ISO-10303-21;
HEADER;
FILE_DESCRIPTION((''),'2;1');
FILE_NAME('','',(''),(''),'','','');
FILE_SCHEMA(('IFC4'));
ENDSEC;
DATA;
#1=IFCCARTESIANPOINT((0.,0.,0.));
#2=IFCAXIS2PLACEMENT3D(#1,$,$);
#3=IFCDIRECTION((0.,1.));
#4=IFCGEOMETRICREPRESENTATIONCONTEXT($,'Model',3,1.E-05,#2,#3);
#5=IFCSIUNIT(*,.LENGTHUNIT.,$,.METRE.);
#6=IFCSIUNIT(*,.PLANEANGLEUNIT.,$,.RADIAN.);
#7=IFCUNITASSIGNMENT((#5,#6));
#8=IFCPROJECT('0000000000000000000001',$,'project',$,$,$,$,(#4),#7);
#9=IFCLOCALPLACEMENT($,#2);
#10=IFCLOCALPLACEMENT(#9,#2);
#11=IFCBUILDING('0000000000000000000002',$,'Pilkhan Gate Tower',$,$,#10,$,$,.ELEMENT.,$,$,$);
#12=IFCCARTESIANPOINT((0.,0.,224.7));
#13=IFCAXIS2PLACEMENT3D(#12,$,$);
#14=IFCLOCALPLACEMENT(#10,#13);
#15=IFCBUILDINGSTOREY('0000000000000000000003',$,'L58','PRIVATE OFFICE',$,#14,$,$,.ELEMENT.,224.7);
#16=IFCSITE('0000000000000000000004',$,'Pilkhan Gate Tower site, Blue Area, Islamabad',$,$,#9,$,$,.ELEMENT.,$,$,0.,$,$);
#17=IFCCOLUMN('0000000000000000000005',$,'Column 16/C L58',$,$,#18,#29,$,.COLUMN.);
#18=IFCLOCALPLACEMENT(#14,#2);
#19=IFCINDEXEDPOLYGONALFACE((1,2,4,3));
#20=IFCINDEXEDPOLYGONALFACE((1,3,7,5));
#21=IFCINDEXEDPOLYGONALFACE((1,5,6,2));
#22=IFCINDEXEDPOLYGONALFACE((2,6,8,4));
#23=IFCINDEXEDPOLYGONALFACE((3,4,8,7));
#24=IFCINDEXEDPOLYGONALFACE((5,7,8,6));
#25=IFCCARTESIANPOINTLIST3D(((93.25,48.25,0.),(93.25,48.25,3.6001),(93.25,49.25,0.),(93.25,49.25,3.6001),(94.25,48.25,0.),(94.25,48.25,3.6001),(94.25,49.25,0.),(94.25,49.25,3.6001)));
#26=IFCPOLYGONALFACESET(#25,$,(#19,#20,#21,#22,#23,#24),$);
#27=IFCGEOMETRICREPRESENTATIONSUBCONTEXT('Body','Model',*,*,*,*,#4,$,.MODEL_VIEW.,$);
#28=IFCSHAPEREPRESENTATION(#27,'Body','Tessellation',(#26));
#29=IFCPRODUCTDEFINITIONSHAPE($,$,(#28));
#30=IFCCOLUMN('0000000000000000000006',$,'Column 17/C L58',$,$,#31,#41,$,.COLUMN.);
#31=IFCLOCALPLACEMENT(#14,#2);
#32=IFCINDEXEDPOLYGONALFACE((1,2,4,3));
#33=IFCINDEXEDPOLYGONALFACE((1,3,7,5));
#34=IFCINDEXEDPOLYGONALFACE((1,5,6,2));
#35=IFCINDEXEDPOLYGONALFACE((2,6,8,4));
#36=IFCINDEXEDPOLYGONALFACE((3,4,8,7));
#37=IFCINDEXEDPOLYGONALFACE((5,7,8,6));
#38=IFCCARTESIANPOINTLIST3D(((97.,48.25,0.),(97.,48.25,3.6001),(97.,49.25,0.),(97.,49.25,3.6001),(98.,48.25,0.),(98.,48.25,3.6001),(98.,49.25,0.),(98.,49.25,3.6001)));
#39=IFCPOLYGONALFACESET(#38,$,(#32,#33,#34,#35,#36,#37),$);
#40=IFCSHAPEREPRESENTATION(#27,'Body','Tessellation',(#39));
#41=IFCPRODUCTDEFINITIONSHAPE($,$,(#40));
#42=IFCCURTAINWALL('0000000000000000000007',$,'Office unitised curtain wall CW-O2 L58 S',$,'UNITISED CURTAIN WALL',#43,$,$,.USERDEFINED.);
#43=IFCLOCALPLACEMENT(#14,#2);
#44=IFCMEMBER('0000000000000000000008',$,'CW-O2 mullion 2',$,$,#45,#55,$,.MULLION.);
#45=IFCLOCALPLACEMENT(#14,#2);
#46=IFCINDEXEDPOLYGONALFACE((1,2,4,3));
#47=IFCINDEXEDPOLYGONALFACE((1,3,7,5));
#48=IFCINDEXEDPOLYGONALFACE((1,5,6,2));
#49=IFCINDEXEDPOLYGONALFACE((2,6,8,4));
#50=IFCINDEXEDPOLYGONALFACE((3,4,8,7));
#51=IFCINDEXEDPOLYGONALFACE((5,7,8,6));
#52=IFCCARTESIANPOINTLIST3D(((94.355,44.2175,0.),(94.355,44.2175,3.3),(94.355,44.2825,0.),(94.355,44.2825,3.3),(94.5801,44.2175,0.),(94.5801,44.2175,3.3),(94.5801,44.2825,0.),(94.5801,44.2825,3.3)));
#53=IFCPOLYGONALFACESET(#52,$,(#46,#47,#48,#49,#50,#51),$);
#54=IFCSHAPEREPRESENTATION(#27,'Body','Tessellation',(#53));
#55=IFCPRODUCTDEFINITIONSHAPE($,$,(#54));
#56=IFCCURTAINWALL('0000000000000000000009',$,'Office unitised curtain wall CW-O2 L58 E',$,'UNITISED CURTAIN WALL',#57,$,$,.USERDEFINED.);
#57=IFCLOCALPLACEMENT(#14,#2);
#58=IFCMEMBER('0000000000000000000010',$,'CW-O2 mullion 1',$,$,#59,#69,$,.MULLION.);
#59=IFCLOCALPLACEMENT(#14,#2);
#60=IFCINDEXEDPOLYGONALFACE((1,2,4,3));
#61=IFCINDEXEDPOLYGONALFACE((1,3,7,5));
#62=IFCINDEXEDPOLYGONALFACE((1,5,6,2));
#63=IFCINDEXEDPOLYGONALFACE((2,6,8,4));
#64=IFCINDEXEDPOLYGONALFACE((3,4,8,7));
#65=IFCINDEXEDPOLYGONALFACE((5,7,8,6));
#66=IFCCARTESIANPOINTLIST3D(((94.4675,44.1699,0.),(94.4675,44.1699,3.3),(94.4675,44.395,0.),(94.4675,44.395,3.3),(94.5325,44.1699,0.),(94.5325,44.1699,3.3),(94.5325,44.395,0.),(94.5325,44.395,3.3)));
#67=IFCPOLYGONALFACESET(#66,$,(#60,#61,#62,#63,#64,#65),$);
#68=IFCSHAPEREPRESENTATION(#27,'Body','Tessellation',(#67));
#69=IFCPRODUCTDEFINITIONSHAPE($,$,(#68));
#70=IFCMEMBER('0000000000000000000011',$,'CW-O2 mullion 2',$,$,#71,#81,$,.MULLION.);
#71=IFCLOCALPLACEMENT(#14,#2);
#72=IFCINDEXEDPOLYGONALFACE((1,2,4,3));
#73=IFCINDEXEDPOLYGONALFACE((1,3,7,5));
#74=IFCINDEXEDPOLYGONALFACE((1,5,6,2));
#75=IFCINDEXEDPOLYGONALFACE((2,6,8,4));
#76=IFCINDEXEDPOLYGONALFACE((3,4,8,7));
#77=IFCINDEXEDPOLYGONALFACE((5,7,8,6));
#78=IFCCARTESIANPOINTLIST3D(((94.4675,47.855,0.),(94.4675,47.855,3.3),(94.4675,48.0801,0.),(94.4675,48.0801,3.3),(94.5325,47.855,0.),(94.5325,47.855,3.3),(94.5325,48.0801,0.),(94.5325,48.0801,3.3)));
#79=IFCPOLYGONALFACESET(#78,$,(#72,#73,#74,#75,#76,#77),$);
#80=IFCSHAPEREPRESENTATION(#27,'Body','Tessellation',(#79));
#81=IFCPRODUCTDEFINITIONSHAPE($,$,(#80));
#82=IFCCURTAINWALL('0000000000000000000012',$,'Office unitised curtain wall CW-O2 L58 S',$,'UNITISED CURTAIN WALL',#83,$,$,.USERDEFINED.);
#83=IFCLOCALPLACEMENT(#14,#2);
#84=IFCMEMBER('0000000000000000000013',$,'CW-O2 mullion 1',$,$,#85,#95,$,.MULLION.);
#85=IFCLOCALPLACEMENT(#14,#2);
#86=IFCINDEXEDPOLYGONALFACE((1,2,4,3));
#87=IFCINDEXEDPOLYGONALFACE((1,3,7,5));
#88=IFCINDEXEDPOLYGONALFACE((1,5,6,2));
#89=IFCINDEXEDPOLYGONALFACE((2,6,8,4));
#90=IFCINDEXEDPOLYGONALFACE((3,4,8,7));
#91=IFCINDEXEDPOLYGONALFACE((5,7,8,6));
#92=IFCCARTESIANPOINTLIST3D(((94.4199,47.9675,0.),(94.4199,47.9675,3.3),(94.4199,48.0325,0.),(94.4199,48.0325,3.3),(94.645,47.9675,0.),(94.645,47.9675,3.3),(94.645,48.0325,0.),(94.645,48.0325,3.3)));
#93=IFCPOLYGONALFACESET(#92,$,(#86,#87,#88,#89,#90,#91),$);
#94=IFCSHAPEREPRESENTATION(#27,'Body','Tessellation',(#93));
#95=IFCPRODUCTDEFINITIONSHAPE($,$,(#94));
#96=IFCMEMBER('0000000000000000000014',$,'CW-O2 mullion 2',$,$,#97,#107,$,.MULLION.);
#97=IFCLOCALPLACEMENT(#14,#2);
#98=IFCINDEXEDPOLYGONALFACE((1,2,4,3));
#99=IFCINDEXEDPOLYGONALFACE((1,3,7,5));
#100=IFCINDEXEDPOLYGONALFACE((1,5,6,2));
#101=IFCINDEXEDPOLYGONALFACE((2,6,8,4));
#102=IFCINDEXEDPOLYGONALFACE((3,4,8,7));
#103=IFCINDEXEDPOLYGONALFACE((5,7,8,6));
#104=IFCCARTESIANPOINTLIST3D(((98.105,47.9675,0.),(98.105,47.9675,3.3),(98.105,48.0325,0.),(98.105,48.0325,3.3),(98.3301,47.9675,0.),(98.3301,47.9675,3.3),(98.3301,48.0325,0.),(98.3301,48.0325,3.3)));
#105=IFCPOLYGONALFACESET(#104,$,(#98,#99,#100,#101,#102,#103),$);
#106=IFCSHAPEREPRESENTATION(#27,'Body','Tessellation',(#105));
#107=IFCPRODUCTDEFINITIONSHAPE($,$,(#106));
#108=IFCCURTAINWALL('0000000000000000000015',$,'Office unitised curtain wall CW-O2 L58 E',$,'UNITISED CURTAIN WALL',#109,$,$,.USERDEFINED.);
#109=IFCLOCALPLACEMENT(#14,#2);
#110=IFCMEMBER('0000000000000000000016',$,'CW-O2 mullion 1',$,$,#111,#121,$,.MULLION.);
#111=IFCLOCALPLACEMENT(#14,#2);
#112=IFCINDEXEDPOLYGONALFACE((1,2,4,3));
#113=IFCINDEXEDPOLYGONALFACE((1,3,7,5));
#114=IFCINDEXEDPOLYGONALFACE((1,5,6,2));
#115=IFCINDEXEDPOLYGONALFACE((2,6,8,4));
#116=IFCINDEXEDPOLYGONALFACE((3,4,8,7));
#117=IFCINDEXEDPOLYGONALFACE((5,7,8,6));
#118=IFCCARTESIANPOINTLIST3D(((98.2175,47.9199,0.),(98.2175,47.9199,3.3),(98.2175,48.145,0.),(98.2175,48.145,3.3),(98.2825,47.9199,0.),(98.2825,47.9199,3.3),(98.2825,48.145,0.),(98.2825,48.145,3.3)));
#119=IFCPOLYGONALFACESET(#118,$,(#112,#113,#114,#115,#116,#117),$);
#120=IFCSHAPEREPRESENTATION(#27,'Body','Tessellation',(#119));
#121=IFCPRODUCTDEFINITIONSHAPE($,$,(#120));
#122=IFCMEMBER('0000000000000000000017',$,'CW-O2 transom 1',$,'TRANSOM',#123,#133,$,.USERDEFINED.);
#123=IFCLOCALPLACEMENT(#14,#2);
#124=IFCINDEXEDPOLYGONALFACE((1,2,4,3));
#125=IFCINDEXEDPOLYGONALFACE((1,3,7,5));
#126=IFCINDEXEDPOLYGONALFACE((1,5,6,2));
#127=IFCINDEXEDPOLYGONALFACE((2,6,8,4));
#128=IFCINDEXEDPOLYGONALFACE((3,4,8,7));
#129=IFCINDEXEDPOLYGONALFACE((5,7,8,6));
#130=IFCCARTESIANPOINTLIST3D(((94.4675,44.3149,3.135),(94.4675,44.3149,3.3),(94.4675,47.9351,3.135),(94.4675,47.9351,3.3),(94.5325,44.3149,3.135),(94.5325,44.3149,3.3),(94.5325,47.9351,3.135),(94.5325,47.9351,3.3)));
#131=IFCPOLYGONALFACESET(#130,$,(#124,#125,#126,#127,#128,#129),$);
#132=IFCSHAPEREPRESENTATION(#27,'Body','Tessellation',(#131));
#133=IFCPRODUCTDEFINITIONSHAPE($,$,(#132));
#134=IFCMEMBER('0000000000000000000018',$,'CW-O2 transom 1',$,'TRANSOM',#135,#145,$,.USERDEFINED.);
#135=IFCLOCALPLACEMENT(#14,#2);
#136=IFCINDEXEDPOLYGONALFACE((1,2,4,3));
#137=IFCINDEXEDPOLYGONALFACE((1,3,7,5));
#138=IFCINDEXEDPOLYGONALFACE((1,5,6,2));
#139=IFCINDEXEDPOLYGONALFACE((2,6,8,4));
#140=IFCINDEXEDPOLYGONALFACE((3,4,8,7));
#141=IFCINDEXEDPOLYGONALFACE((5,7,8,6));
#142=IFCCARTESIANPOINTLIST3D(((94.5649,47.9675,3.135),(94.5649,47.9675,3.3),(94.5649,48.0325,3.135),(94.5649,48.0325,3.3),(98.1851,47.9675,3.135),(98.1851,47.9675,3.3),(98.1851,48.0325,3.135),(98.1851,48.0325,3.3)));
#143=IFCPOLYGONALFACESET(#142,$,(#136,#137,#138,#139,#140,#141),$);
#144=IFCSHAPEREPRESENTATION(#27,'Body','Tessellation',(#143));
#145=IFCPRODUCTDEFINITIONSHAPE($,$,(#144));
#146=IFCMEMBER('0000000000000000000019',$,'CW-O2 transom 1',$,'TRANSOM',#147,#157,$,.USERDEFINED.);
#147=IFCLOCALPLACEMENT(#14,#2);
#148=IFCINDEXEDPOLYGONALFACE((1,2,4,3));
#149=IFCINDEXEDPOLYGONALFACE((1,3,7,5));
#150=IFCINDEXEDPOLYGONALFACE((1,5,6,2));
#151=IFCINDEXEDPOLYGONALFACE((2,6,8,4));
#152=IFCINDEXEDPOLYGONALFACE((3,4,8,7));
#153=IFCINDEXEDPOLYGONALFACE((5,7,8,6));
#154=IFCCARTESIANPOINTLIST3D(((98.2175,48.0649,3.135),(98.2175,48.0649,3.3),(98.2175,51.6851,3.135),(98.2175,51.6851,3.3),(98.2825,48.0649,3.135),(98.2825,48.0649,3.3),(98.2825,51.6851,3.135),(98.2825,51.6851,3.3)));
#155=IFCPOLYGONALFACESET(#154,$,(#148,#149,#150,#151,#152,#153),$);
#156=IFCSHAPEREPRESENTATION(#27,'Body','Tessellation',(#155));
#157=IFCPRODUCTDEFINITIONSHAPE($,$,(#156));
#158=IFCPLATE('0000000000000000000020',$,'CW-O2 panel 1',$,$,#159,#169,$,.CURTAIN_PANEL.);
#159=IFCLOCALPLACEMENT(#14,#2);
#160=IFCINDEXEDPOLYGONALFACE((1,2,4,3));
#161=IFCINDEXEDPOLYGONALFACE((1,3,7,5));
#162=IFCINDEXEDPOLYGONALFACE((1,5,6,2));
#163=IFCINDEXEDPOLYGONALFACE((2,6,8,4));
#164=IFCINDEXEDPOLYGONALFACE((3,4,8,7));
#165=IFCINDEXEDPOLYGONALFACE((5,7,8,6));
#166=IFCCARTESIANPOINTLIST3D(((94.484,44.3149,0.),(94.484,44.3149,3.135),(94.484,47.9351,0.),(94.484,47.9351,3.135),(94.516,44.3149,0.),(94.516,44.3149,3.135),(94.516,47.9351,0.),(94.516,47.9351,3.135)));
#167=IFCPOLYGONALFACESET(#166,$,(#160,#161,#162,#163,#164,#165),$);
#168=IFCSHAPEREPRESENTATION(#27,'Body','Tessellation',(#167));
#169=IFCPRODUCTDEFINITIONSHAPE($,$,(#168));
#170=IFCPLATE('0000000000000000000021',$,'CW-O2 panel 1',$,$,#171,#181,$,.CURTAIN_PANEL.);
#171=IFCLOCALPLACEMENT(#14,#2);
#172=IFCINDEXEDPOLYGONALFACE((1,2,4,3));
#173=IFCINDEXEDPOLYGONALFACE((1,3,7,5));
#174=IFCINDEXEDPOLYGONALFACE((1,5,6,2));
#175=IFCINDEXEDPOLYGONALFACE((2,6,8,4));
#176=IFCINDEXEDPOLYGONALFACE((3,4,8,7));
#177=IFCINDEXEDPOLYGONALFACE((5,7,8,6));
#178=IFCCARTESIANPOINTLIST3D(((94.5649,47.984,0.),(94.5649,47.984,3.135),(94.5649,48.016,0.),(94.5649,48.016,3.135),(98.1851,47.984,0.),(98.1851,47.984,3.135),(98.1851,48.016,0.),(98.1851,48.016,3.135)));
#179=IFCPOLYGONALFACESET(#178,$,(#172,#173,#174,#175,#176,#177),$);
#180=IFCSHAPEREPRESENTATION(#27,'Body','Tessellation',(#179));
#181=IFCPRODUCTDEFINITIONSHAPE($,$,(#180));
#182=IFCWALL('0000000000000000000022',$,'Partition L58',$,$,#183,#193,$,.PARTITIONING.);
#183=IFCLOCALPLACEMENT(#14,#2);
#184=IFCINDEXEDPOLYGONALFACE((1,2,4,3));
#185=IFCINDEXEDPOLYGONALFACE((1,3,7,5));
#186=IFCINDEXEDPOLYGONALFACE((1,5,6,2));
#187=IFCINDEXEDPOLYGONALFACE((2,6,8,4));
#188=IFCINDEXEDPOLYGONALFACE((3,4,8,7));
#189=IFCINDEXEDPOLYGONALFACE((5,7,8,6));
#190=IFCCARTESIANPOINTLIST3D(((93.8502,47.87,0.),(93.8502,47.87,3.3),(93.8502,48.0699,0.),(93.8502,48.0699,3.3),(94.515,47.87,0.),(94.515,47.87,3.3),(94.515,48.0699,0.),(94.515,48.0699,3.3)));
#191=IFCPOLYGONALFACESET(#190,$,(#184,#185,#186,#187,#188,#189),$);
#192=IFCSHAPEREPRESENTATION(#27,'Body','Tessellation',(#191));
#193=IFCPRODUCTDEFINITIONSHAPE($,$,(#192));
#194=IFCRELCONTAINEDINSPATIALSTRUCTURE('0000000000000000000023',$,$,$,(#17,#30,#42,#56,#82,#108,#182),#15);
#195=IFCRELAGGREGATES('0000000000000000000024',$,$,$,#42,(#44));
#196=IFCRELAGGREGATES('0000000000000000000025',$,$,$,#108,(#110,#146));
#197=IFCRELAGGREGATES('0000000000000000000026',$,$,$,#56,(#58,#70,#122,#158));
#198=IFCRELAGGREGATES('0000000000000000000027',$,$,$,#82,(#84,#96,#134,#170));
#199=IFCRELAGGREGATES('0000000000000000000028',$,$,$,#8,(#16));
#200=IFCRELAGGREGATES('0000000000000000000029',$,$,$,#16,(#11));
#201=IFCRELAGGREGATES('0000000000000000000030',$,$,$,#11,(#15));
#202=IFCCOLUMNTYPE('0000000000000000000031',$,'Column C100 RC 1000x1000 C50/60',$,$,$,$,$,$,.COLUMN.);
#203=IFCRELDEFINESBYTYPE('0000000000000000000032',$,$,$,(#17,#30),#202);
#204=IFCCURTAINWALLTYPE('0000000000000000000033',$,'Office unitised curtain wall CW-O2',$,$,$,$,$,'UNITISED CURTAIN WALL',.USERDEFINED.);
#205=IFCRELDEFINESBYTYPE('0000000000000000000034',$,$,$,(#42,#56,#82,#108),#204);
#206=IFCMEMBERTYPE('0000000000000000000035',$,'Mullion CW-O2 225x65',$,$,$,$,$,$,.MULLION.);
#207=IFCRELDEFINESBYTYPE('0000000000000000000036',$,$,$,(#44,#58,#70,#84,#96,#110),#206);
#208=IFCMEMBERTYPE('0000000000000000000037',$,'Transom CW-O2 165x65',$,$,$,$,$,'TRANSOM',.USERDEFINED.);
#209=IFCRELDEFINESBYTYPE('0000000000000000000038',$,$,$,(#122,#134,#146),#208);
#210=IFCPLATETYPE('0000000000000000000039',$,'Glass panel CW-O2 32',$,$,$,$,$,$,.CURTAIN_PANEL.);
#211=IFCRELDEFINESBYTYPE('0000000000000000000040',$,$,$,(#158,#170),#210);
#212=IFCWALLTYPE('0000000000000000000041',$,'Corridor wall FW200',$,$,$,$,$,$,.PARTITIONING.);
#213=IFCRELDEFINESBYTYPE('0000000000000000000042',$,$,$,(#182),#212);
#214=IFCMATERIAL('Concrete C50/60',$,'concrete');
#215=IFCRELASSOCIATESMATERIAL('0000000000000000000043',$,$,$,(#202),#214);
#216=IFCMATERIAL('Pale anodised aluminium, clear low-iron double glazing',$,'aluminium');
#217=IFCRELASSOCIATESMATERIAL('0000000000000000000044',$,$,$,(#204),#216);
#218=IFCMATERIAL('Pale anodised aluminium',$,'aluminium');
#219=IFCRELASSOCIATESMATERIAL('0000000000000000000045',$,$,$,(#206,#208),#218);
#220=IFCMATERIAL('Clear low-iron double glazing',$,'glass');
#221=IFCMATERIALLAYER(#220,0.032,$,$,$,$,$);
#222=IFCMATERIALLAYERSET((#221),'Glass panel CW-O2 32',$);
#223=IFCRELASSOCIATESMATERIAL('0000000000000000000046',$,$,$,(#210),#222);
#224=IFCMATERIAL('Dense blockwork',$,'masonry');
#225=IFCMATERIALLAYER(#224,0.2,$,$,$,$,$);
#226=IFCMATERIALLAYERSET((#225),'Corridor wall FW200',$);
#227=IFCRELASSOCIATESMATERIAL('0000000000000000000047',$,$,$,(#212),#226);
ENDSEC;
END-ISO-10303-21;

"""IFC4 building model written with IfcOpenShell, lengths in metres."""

from ifc_helpers import new_model, si_unit, direction, frame, frame_2d, origin, origin_2d, place, context, subcontext, project, spatial, rectangle, extrude, material, layer, layer_set, material_profile, profile_set, type_object, element, aggregate, save


model = new_model("IFC4")

# Units and contexts
model_context = context("Model", 3, precision=1e-05, world=origin(), true_north=direction((0.0, 1.0)))
body_context = subcontext(model_context, "Body", "Model", "MODEL_VIEW")
ifc_project = project(units=[si_unit("LENGTHUNIT", "METRE"), si_unit("PLANEANGLEUNIT", "RADIAN")], contexts=[model_context])

# Site, building, storey
site_placement = place(None, origin())
site = spatial("IfcSite", under=ifc_project, at=site_placement, Name="Pilkhan Gate Tower site, Blue Area, Islamabad", CompositionType="ELEMENT", RefElevation=0.0)
building_placement = place(site_placement, origin())
building = spatial("IfcBuilding", under=site, at=building_placement, Name="Pilkhan Gate Tower", CompositionType="ELEMENT")
storey_placement = place(building_placement, frame((0.0, 0.0, 224.7)))
storey = spatial("IfcBuildingStorey", under=building, at=storey_placement, Name="L58", Description="PRIVATE OFFICE", CompositionType="ELEMENT", Elevation=224.7)

# Columns
ifc_material_1 = material(Name="Concrete C50/60", Category="concrete")
ifc_material_profile_1 = material_profile(ifc_material_1, rectangle(XDim=1.0, YDim=1.0, at=origin_2d()), Name="RC 1000x1000")
ifc_profile_set_1 = profile_set([ifc_material_profile_1], Name="Concrete C50/60")
column_type = type_object("IfcColumnType", Name="Column C100 RC 1000x1000 C50/60", PredefinedType="COLUMN", material=ifc_profile_set_1)
for number, where, z_axis, x_axis, name in (
    (1, (93.75, 48.75, 0.0), (0.0, 0.0, 1.0), (1.0, 0.0, 0.0), "Column 16/C L58"),
    (2, (97.5, 48.75, 0.0), (0.0, 0.0, 1.0), (1.0, 0.0, 0.0), "Column 17/C L58"),
):
    element("IfcColumn", number, at=place(storey_placement, frame(where, z_axis=z_axis, x_axis=x_axis)), inside=storey, type_object=column_type, Name=name, PredefinedType="COLUMN", context=body_context, shape_type="SweptSolid", body=[
        extrude(rectangle(XDim=1.0, YDim=1.0, at=origin_2d()), origin(), (0.0, 0.0, 1.0), 3.6001),
    ])

# Curtain wall, member
ifc_material_2 = material(Name="Pale anodised aluminium, clear low-iron double glazing", Category="aluminium")
curtain_wall_type = type_object("IfcCurtainWallType", Name="Office unitised curtain wall CW-O2", ElementType="UNITISED CURTAIN WALL", PredefinedType="USERDEFINED", material=ifc_material_2)
curtain_wall_1_placement = place(storey_placement, origin())
curtain_wall_1 = element("IfcCurtainWall", 3, at=curtain_wall_1_placement, inside=storey, type_object=curtain_wall_type, Name="Office unitised curtain wall CW-O2 L58 S", ObjectType="UNITISED CURTAIN WALL", PredefinedType="USERDEFINED")
ifc_material_3 = material(Name="Pale anodised aluminium", Category="aluminium")
ifc_material_profile_2 = material_profile(ifc_material_3, rectangle(XDim=0.0649, YDim=0.2251, at=origin_2d()), Name="Mullion 225x65")
ifc_profile_set_2 = profile_set([ifc_material_profile_2], Name="Pale anodised aluminium")
member_type_1 = type_object("IfcMemberType", Name="Mullion CW-O2 225x65", PredefinedType="MULLION", material=ifc_profile_set_2)
member_1_placement = place(storey_placement, frame((94.4675, 44.25, 0.0), z_axis=(0.0, 0.0, 1.0), x_axis=(0.0, 1.0, 0.0)))
member_1 = element("IfcMember", 4, at=member_1_placement, type_object=member_type_1, Name="CW-O2 mullion 2", PredefinedType="MULLION", context=body_context, shape_type="SweptSolid", body=[
    extrude(rectangle(XDim=0.0649, YDim=0.2251, at=origin_2d()), origin(), (0.0, 0.0, 1.0), 3.3),
])
aggregate(curtain_wall_1, [member_1])

# Curtain walls, members
curtain_wall_2_placement = place(storey_placement, origin())
curtain_wall_2 = element("IfcCurtainWall", 5, at=curtain_wall_2_placement, inside=storey, type_object=curtain_wall_type, Name="Office unitised curtain wall CW-O2 L58 E", ObjectType="UNITISED CURTAIN WALL", PredefinedType="USERDEFINED")
member_2_placement = place(storey_placement, frame((94.5, 44.2825, 0.0), z_axis=(0.0, 0.0, 1.0), x_axis=(-1.0, 0.0, 0.0)))
member_2 = element("IfcMember", 6, at=member_2_placement, type_object=member_type_1, Name="CW-O2 mullion 1", PredefinedType="MULLION", context=body_context, shape_type="SweptSolid", body=[
    extrude(rectangle(XDim=0.0649, YDim=0.2251, at=origin_2d()), origin(), (0.0, 0.0, 1.0), 3.3),
])
member_3_placement = place(storey_placement, frame((94.5, 47.9675, 0.0), z_axis=(0.0, 0.0, 1.0), x_axis=(-1.0, 0.0, 0.0)))
member_3 = element("IfcMember", 7, at=member_3_placement, type_object=member_type_1, Name="CW-O2 mullion 2", PredefinedType="MULLION", context=body_context, shape_type="SweptSolid", body=[
    extrude(rectangle(XDim=0.0649, YDim=0.2251, at=origin_2d()), origin(), (0.0, 0.0, 1.0), 3.3),
])
curtain_wall_3_placement = place(storey_placement, origin())
curtain_wall_3 = element("IfcCurtainWall", 8, at=curtain_wall_3_placement, inside=storey, type_object=curtain_wall_type, Name="Office unitised curtain wall CW-O2 L58 S", ObjectType="UNITISED CURTAIN WALL", PredefinedType="USERDEFINED")
member_4_placement = place(storey_placement, frame((94.5325, 48.0, 0.0), z_axis=(0.0, 0.0, 1.0), x_axis=(0.0, 1.0, 0.0)))
member_4 = element("IfcMember", 9, at=member_4_placement, type_object=member_type_1, Name="CW-O2 mullion 1", PredefinedType="MULLION", context=body_context, shape_type="SweptSolid", body=[
    extrude(rectangle(XDim=0.0649, YDim=0.2251, at=origin_2d()), origin(), (0.0, 0.0, 1.0), 3.3),
])
member_5_placement = place(storey_placement, frame((98.2175, 48.0, 0.0), z_axis=(0.0, 0.0, 1.0), x_axis=(0.0, 1.0, 0.0)))
member_5 = element("IfcMember", 10, at=member_5_placement, type_object=member_type_1, Name="CW-O2 mullion 2", PredefinedType="MULLION", context=body_context, shape_type="SweptSolid", body=[
    extrude(rectangle(XDim=0.0649, YDim=0.2251, at=origin_2d()), origin(), (0.0, 0.0, 1.0), 3.3),
])

# Curtain wall, member
curtain_wall_4_placement = place(storey_placement, origin())
curtain_wall_4 = element("IfcCurtainWall", 11, at=curtain_wall_4_placement, inside=storey, type_object=curtain_wall_type, Name="Office unitised curtain wall CW-O2 L58 E", ObjectType="UNITISED CURTAIN WALL", PredefinedType="USERDEFINED")
member_6_placement = place(storey_placement, frame((98.25, 48.0325, 0.0), z_axis=(0.0, 0.0, 1.0), x_axis=(-1.0, 0.0, 0.0)))
member_6 = element("IfcMember", 12, at=member_6_placement, type_object=member_type_1, Name="CW-O2 mullion 1", PredefinedType="MULLION", context=body_context, shape_type="SweptSolid", body=[
    extrude(rectangle(XDim=0.0649, YDim=0.2251, at=origin_2d()), origin(), (0.0, 0.0, 1.0), 3.3),
])

# Members
ifc_material_profile_3 = material_profile(ifc_material_3, rectangle(XDim=0.0649, YDim=0.165, at=origin_2d()), Name="Transom 165x65")
ifc_profile_set_3 = profile_set([ifc_material_profile_3], Name="Pale anodised aluminium")
member_type_2 = type_object("IfcMemberType", Name="Transom CW-O2 165x65", ElementType="TRANSOM", PredefinedType="USERDEFINED", material=ifc_profile_set_3)
member_7_placement = place(storey_placement, frame((94.5, 44.3149, 3.2175), z_axis=(0.0, 1.0, 0.0), x_axis=(-1.0, 0.0, 0.0)))
member_7 = element("IfcMember", 13, at=member_7_placement, type_object=member_type_2, Name="CW-O2 transom 1", ObjectType="TRANSOM", PredefinedType="USERDEFINED", context=body_context, shape_type="SweptSolid", body=[
    extrude(rectangle(XDim=0.0649, YDim=0.165, at=origin_2d()), origin(), (0.0, 0.0, 1.0), 3.6201),
])
member_8_placement = place(storey_placement, frame((94.5649, 48.0, 3.2175), z_axis=(1.0, 0.0, 0.0), x_axis=(0.0, 1.0, 0.0)))
member_8 = element("IfcMember", 14, at=member_8_placement, type_object=member_type_2, Name="CW-O2 transom 1", ObjectType="TRANSOM", PredefinedType="USERDEFINED", context=body_context, shape_type="SweptSolid", body=[
    extrude(rectangle(XDim=0.0649, YDim=0.165, at=origin_2d()), origin(), (0.0, 0.0, 1.0), 3.6201),
])
member_9_placement = place(storey_placement, frame((98.25, 48.0649, 3.2175), z_axis=(0.0, 1.0, 0.0), x_axis=(-1.0, 0.0, 0.0)))
member_9 = element("IfcMember", 15, at=member_9_placement, type_object=member_type_2, Name="CW-O2 transom 1", ObjectType="TRANSOM", PredefinedType="USERDEFINED", context=body_context, shape_type="SweptSolid", body=[
    extrude(rectangle(XDim=0.0649, YDim=0.165, at=origin_2d()), origin(), (0.0, 0.0, 1.0), 3.6201),
])
aggregate(curtain_wall_4, [member_6, member_9])

# Plates
ifc_material_4 = material(Name="Clear low-iron double glazing", Category="glass")
ifc_layer_1 = layer(ifc_material_4, 0.032)
ifc_layer_set_1 = layer_set([ifc_layer_1], Name="Glass panel CW-O2 32")
plate_type = type_object("IfcPlateType", Name="Glass panel CW-O2 32", PredefinedType="CURTAIN_PANEL", material=ifc_layer_set_1)
plate_1_placement = place(storey_placement, frame((94.5, 46.125, 0.0), z_axis=(0.0, 0.0, 1.0), x_axis=(0.0, 1.0, 0.0)))
plate_1 = element("IfcPlate", 16, at=plate_1_placement, type_object=plate_type, Name="CW-O2 panel 1", PredefinedType="CURTAIN_PANEL", context=body_context, shape_type="SweptSolid", body=[
    extrude(rectangle(XDim=3.6201, YDim=0.032, at=origin_2d()), origin(), (0.0, 0.0, 1.0), 3.135),
])
aggregate(curtain_wall_2, [member_2, member_3, member_7, plate_1])
plate_2_placement = place(storey_placement, frame((96.375, 48.0, 0.0), z_axis=(0.0, 0.0, 1.0), x_axis=(1.0, 0.0, 0.0)))
plate_2 = element("IfcPlate", 17, at=plate_2_placement, type_object=plate_type, Name="CW-O2 panel 1", PredefinedType="CURTAIN_PANEL", context=body_context, shape_type="SweptSolid", body=[
    extrude(rectangle(XDim=3.6201, YDim=0.032, at=origin_2d()), origin(), (0.0, 0.0, 1.0), 3.135),
])
aggregate(curtain_wall_3, [member_4, member_5, member_8, plate_2])

# Wall
ifc_material_5 = material(Name="Dense blockwork", Category="masonry")
ifc_layer_2 = layer(ifc_material_5, 0.2)
ifc_layer_set_2 = layer_set([ifc_layer_2], Name="Corridor wall FW200")
wall_type = type_object("IfcWallType", Name="Corridor wall FW200", PredefinedType="PARTITIONING", material=ifc_layer_set_2)
wall_1_placement = place(storey_placement, frame((93.8501, 47.97, 0.0), z_axis=(0.0, 0.0, 1.0), x_axis=(1.0, 0.0, 0.0)))
element("IfcWall", 18, at=wall_1_placement, inside=storey, type_object=wall_type, Name="Partition L58", PredefinedType="PARTITIONING", context=body_context, shape_type="SweptSolid", body=[
    extrude(rectangle(XDim=0.6648, YDim=0.2, at=frame_2d((0.3325, 0.0))), origin(), (0.0, 0.0, 1.0), 3.3),
])

save(model, "model.ifc")
